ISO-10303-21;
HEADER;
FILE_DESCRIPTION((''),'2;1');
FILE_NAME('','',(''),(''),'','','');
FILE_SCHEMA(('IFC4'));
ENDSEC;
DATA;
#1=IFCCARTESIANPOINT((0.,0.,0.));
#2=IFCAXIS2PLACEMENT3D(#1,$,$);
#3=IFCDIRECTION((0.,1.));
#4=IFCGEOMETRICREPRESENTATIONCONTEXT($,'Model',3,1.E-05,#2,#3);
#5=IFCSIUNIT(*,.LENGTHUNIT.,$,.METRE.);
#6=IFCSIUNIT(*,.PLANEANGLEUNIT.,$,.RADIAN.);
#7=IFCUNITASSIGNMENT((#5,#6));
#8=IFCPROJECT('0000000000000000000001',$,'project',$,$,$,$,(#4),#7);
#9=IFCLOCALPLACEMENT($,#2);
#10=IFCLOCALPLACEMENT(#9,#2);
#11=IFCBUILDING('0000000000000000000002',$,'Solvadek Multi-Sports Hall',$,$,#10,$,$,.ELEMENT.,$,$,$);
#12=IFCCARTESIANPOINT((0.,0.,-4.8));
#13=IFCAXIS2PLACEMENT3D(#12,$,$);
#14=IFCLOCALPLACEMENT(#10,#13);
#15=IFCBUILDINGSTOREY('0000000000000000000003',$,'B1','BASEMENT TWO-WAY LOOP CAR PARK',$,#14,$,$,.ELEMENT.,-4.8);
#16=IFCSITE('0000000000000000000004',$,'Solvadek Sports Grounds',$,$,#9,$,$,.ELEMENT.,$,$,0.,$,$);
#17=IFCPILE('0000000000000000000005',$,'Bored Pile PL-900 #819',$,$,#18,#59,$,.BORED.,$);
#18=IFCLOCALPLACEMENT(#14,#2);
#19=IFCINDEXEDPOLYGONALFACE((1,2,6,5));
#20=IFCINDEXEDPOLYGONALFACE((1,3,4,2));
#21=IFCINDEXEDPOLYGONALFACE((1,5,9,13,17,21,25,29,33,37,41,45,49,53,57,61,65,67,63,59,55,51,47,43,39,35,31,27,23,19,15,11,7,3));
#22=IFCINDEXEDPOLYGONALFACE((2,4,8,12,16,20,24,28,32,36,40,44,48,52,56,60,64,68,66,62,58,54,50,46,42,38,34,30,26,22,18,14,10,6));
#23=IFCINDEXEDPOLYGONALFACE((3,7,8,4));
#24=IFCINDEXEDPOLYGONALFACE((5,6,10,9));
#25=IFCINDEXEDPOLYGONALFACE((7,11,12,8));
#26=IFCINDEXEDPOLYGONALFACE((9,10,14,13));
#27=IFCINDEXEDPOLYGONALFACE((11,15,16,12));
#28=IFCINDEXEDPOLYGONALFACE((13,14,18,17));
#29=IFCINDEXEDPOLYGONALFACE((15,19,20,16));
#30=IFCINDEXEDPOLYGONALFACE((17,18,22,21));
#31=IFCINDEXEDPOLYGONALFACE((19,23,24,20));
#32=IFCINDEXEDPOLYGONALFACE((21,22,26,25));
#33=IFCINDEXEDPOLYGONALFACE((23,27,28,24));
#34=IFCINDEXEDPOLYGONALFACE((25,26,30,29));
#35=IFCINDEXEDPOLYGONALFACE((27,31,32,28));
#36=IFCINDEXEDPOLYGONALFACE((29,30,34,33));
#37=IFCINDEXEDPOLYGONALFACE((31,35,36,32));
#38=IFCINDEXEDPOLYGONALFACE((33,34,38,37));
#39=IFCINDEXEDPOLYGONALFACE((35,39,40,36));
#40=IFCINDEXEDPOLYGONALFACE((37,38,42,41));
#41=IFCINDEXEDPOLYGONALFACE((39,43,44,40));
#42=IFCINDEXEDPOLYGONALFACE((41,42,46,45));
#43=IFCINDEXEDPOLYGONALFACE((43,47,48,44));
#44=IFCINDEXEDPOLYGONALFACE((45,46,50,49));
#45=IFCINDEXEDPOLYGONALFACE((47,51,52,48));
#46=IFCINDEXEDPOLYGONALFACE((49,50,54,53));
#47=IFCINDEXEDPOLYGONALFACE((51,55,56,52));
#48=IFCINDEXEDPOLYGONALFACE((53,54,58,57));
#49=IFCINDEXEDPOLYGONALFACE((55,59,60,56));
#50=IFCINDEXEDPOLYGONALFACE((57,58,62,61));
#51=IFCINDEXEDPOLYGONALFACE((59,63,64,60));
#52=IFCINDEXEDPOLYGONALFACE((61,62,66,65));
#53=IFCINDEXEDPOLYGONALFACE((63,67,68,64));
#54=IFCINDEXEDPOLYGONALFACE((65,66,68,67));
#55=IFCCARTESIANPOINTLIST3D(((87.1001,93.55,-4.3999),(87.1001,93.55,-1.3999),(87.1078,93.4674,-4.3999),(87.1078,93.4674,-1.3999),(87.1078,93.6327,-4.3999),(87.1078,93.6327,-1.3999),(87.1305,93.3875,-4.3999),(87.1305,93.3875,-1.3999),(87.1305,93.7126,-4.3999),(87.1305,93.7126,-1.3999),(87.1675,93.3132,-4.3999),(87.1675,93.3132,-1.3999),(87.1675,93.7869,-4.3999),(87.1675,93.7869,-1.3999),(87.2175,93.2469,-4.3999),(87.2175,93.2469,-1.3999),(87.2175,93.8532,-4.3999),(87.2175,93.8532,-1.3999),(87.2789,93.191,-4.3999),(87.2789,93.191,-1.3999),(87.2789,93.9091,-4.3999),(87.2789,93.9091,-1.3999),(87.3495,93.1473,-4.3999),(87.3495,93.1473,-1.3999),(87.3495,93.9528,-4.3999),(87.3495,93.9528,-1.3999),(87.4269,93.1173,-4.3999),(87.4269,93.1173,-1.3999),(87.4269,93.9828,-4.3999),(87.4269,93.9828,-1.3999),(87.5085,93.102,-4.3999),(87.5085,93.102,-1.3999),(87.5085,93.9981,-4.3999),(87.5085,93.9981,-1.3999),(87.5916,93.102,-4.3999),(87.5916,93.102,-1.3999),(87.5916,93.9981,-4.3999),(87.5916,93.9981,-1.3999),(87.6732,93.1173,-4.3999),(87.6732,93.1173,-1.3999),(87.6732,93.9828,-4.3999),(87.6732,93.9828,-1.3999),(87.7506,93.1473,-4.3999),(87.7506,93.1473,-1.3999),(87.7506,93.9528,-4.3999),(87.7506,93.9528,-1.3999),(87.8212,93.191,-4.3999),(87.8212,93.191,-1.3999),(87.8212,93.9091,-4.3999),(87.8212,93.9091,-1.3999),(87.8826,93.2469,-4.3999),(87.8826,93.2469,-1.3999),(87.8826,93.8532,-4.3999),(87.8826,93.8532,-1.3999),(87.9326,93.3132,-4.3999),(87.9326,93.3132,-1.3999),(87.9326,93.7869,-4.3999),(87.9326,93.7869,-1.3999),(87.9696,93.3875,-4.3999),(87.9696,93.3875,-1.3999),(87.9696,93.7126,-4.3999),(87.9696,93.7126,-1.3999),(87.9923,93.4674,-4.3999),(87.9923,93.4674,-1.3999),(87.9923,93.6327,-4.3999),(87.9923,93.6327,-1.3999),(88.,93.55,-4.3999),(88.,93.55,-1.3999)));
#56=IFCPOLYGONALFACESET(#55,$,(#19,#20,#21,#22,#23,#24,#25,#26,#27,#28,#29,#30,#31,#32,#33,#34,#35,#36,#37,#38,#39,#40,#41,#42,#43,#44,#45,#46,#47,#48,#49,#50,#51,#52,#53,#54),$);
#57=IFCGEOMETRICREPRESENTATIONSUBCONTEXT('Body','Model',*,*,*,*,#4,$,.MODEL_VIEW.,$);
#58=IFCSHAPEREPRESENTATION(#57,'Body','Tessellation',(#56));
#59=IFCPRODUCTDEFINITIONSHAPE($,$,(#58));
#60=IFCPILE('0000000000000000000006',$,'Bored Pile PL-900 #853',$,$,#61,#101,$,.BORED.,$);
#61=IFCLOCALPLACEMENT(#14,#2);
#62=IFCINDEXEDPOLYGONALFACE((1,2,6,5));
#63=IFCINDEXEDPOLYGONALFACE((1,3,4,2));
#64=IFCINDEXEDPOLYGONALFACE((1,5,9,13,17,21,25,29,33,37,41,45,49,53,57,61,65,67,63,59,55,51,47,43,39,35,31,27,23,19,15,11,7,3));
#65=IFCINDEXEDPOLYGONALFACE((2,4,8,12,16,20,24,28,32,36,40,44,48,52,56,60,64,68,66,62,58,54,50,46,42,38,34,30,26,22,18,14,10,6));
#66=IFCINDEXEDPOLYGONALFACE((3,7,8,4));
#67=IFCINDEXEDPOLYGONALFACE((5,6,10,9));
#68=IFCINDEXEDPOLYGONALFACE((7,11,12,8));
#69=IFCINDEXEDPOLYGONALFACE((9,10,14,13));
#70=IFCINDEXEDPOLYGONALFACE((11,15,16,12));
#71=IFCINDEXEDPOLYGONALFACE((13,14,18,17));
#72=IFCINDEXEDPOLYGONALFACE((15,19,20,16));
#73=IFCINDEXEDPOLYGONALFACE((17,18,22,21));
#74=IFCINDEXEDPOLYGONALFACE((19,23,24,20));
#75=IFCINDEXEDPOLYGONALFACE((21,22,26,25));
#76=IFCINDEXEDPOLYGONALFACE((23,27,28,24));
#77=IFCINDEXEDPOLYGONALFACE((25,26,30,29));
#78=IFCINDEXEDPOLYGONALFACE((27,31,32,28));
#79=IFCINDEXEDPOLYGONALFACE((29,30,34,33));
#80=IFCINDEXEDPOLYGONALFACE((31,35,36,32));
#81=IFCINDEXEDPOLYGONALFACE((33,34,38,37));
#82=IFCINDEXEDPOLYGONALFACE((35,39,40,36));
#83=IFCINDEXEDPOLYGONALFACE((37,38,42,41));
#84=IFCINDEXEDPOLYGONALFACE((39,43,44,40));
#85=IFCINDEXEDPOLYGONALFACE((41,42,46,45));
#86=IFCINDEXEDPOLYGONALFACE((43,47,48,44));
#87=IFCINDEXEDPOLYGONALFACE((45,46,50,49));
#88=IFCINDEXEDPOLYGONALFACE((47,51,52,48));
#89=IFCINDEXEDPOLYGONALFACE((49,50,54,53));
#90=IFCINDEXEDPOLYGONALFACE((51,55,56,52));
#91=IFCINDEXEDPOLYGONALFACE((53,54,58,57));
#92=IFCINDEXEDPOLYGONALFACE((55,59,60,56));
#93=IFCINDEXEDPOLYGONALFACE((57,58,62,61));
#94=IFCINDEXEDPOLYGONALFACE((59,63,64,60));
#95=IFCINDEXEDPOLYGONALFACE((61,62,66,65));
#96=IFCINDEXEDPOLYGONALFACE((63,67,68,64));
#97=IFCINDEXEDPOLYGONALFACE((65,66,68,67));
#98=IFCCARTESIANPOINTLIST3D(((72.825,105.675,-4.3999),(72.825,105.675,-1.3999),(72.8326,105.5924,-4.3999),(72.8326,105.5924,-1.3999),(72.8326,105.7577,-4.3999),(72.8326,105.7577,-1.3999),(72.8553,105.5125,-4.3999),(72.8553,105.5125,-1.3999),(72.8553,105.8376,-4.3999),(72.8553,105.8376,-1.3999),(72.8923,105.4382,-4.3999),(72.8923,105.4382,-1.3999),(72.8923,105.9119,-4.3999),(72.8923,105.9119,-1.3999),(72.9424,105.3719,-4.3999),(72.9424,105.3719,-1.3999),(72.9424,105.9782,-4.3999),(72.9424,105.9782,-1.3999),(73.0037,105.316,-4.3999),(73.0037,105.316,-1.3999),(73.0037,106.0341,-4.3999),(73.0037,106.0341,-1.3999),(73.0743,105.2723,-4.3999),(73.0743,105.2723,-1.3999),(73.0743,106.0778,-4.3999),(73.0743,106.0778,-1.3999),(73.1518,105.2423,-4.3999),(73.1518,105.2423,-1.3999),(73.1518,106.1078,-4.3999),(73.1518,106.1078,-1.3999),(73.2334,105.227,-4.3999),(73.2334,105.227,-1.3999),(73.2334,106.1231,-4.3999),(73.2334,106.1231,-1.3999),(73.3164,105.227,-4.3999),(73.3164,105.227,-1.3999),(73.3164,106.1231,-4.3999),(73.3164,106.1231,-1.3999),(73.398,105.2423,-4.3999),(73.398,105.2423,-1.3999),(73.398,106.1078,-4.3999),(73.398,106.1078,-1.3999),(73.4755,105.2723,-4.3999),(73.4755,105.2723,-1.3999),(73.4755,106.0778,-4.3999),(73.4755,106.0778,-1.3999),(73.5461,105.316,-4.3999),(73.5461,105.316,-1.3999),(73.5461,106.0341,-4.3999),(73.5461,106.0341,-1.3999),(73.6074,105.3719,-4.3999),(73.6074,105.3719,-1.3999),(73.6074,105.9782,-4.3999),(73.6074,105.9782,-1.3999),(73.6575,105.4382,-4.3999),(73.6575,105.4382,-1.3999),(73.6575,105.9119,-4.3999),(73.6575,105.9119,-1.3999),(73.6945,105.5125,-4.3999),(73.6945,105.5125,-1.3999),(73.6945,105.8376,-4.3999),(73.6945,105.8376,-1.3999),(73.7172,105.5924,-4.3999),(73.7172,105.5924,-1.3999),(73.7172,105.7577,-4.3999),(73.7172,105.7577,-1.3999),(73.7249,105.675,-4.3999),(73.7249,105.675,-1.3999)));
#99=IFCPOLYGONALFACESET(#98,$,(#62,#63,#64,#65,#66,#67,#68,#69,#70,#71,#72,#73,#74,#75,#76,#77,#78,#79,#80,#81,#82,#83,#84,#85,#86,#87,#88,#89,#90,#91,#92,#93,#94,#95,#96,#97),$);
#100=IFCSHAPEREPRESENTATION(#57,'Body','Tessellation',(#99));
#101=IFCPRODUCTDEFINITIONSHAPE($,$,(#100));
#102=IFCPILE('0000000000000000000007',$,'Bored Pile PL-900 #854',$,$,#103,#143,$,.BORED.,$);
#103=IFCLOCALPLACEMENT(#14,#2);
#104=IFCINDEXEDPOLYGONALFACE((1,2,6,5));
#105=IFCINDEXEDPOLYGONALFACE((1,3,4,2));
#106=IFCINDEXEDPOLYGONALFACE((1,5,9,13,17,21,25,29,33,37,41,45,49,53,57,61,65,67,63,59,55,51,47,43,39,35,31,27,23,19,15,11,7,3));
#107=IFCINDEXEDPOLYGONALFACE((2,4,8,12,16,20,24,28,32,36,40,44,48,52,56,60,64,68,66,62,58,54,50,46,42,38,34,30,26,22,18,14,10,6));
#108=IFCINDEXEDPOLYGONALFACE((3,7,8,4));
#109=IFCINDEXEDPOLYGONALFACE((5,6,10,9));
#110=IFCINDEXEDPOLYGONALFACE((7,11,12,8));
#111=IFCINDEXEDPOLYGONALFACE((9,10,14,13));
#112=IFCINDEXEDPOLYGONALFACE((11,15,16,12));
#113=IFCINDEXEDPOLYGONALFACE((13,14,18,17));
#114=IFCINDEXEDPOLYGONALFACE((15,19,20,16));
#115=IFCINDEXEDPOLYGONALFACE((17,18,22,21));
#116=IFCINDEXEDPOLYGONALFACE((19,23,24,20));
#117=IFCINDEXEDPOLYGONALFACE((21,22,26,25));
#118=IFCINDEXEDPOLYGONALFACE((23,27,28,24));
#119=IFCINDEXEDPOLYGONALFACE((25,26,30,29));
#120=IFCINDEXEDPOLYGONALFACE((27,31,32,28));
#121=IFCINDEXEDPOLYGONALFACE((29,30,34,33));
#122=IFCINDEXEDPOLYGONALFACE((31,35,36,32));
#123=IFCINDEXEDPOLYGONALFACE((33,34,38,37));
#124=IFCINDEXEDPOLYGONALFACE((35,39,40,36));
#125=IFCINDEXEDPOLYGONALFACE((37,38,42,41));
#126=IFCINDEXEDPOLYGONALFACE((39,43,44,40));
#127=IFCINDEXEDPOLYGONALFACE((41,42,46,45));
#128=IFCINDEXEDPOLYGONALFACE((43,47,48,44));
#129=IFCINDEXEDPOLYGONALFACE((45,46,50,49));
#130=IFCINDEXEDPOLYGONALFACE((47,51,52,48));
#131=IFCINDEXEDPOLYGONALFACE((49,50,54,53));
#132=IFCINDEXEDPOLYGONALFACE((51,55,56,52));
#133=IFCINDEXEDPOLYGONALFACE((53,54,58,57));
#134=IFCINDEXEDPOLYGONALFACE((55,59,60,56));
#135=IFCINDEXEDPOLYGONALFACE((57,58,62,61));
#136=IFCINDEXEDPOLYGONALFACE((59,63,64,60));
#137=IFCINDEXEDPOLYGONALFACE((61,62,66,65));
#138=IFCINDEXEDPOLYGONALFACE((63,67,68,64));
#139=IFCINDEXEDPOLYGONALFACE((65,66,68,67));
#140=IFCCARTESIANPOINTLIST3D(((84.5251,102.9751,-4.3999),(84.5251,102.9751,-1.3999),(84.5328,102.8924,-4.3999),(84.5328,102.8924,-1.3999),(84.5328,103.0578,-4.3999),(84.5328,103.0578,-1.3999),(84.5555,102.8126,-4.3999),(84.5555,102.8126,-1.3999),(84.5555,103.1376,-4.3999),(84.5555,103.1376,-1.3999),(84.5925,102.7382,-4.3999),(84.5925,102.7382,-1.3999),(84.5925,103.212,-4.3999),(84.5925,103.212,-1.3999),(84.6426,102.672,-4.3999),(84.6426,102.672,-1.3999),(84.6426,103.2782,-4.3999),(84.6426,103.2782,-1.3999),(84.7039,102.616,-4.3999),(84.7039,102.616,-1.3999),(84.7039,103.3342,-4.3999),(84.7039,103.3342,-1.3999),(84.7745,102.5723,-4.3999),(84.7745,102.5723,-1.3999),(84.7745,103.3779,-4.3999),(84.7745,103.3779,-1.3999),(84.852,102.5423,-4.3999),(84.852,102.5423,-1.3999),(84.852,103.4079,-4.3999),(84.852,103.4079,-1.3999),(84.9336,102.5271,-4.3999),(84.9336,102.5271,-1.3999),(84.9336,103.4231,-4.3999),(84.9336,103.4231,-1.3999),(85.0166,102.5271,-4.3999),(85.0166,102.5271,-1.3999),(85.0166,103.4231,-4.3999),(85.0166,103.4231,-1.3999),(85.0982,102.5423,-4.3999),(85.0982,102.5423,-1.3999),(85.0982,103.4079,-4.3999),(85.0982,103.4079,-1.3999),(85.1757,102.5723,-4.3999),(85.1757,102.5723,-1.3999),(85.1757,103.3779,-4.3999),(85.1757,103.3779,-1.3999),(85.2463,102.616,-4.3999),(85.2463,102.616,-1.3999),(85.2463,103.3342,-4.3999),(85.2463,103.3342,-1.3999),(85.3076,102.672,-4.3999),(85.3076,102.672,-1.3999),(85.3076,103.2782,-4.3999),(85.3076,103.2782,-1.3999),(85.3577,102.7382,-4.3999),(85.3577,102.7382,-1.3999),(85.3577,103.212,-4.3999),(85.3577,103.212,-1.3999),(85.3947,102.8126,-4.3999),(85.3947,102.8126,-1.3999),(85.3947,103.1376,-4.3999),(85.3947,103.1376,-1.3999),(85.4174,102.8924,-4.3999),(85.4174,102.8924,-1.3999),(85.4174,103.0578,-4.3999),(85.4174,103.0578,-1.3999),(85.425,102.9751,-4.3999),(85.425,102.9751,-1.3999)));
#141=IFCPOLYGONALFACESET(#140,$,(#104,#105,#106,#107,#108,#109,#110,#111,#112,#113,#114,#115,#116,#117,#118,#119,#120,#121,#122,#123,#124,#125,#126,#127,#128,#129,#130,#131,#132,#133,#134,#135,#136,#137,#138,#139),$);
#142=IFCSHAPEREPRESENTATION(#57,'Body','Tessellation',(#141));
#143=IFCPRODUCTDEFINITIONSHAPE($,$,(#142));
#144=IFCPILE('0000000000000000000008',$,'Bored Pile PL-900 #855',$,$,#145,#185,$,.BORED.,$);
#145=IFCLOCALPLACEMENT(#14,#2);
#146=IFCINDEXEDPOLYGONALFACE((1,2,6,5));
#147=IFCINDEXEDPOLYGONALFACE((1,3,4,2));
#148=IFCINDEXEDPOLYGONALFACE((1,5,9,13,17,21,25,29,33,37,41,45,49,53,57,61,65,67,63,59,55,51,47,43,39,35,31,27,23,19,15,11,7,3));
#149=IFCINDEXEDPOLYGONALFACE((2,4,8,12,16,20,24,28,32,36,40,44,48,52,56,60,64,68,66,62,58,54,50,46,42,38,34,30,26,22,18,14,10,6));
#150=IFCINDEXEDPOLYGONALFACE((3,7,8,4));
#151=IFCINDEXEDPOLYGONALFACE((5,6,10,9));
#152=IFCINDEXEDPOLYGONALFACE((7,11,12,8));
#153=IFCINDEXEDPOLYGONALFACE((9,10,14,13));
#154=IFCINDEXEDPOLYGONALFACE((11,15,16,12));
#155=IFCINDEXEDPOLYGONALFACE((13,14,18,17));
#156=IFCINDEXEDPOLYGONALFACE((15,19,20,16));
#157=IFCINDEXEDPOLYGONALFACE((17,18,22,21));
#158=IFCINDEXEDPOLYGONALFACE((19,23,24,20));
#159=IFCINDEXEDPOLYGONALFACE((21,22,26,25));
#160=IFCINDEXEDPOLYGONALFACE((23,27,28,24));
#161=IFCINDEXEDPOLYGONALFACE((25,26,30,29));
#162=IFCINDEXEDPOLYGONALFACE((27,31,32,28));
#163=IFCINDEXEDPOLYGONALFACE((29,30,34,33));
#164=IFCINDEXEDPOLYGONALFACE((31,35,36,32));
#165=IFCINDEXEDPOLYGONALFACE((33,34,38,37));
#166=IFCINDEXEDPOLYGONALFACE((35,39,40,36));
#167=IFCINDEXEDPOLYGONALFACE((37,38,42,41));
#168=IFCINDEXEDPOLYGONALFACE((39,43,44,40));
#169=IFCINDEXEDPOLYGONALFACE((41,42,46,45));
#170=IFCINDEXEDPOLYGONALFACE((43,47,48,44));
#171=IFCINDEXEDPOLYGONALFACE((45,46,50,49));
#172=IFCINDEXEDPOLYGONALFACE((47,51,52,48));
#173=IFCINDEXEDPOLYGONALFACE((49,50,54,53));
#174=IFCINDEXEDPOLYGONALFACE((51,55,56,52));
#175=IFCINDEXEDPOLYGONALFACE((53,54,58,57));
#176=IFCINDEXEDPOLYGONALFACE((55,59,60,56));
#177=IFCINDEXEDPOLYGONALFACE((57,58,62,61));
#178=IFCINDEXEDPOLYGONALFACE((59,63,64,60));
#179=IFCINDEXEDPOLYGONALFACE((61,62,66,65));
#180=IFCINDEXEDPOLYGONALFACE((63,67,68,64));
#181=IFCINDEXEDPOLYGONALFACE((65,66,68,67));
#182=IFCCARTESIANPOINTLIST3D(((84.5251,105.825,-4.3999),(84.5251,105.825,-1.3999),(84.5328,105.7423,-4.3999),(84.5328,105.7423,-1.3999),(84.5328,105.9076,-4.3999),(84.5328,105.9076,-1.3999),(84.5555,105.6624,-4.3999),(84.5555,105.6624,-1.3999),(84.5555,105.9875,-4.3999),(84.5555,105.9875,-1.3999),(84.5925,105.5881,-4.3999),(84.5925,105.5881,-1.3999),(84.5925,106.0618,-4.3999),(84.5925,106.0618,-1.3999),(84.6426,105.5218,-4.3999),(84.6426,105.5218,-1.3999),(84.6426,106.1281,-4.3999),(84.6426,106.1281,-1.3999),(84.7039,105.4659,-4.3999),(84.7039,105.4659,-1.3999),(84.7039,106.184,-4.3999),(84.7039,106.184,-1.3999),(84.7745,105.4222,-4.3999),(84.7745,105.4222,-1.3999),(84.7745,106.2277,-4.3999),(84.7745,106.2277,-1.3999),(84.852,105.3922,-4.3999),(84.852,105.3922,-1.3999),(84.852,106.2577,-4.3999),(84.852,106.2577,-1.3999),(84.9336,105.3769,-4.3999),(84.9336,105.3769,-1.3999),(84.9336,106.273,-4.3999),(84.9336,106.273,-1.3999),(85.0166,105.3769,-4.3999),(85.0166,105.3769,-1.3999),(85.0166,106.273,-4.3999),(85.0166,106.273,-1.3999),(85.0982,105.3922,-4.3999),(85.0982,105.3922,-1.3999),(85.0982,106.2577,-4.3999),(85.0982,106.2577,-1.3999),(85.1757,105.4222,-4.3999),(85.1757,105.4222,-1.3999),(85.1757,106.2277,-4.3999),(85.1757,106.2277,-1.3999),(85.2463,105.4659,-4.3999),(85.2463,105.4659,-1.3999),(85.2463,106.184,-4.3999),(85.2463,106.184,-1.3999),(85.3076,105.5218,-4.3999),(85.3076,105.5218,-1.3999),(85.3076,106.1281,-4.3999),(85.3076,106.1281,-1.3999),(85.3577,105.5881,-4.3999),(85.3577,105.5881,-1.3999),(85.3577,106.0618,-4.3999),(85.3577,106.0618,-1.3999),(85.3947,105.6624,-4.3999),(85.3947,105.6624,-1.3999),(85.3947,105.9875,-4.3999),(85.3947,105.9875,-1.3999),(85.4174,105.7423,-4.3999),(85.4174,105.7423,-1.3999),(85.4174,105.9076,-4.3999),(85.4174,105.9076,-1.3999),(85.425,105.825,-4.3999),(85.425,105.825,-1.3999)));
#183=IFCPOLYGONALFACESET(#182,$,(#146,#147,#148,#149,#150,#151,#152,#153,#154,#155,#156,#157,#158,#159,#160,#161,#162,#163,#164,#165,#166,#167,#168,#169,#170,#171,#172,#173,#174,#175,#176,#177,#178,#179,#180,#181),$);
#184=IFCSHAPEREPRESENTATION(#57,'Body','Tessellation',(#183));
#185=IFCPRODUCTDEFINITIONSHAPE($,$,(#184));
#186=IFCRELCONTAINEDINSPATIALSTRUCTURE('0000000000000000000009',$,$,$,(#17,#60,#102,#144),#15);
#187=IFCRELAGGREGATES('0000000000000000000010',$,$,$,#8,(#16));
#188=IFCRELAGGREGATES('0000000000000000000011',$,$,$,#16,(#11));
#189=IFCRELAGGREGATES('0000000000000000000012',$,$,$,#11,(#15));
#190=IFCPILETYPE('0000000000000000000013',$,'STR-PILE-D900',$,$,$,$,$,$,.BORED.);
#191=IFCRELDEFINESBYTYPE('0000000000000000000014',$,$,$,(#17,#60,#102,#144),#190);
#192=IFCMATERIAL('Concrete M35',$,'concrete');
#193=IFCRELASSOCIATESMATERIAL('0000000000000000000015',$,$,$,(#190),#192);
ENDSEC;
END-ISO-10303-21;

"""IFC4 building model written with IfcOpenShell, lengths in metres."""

from ifc_helpers import new_model, si_unit, direction, frame, origin, origin_2d, place, context, subcontext, project, spatial, circle, extrude, material, material_profile, profile_set, type_object, element, save


model = new_model("IFC4")

# Units and contexts
model_context = context("Model", 3, precision=1e-05, world=origin(), true_north=direction((0.0, 1.0)))
body_context = subcontext(model_context, "Body", "Model", "MODEL_VIEW")
ifc_project = project(units=[si_unit("LENGTHUNIT", "METRE"), si_unit("PLANEANGLEUNIT", "RADIAN")], contexts=[model_context])

# Site, building, storey
site_placement = place(None, origin())
site = spatial("IfcSite", under=ifc_project, at=site_placement, Name="Solvadek Sports Grounds", CompositionType="ELEMENT", RefElevation=0.0)
building_placement = place(site_placement, origin())
building = spatial("IfcBuilding", under=site, at=building_placement, Name="Solvadek Multi-Sports Hall", CompositionType="ELEMENT")
storey_placement = place(building_placement, frame((0.0, 0.0, -4.8)))
storey = spatial("IfcBuildingStorey", under=building, at=storey_placement, Name="B1", Description="BASEMENT TWO-WAY LOOP CAR PARK", CompositionType="ELEMENT", Elevation=-4.8)

# Piles
ifc_material_1 = material(Name="Concrete M35", Category="concrete")
ifc_material_profile_1 = material_profile(ifc_material_1, circle(Radius=0.45, at=origin_2d()), Name="BORED PILE D900")
ifc_profile_set_1 = profile_set([ifc_material_profile_1], Name="Concrete M35")
pile_type_1 = type_object("IfcPileType", Name="STR-PILE-D900", PredefinedType="BORED", material=ifc_profile_set_1)
for number, where, z_axis, x_axis, name in (
    (1, (87.55, 93.55, -1.3999), (0.0, 0.0, -1.0), (1.0, 0.0, 0.0), "Bored Pile PL-900 #819"),
    (2, (73.2749, 105.675, -1.3999), (0.0, 0.0, -1.0), (1.0, 0.0, 0.0), "Bored Pile PL-900 #853"),
    (3, (84.9751, 102.9751, -1.3999), (0.0, 0.0, -1.0), (1.0, 0.0, 0.0), "Bored Pile PL-900 #854"),
    (4, (84.9751, 105.825, -1.3999), (0.0, 0.0, -1.0), (1.0, 0.0, 0.0), "Bored Pile PL-900 #855"),
):
    element("IfcPile", number, at=place(storey_placement, frame(where, z_axis=z_axis, x_axis=x_axis)), inside=storey, type_object=pile_type_1, Name=name, PredefinedType="BORED", context=body_context, shape_type="SweptSolid", body=[
        extrude(circle(Radius=0.45, at=origin_2d()), origin(), (0.0, 0.0, 1.0), 3.0),
    ])

save(model, "model.ifc")
